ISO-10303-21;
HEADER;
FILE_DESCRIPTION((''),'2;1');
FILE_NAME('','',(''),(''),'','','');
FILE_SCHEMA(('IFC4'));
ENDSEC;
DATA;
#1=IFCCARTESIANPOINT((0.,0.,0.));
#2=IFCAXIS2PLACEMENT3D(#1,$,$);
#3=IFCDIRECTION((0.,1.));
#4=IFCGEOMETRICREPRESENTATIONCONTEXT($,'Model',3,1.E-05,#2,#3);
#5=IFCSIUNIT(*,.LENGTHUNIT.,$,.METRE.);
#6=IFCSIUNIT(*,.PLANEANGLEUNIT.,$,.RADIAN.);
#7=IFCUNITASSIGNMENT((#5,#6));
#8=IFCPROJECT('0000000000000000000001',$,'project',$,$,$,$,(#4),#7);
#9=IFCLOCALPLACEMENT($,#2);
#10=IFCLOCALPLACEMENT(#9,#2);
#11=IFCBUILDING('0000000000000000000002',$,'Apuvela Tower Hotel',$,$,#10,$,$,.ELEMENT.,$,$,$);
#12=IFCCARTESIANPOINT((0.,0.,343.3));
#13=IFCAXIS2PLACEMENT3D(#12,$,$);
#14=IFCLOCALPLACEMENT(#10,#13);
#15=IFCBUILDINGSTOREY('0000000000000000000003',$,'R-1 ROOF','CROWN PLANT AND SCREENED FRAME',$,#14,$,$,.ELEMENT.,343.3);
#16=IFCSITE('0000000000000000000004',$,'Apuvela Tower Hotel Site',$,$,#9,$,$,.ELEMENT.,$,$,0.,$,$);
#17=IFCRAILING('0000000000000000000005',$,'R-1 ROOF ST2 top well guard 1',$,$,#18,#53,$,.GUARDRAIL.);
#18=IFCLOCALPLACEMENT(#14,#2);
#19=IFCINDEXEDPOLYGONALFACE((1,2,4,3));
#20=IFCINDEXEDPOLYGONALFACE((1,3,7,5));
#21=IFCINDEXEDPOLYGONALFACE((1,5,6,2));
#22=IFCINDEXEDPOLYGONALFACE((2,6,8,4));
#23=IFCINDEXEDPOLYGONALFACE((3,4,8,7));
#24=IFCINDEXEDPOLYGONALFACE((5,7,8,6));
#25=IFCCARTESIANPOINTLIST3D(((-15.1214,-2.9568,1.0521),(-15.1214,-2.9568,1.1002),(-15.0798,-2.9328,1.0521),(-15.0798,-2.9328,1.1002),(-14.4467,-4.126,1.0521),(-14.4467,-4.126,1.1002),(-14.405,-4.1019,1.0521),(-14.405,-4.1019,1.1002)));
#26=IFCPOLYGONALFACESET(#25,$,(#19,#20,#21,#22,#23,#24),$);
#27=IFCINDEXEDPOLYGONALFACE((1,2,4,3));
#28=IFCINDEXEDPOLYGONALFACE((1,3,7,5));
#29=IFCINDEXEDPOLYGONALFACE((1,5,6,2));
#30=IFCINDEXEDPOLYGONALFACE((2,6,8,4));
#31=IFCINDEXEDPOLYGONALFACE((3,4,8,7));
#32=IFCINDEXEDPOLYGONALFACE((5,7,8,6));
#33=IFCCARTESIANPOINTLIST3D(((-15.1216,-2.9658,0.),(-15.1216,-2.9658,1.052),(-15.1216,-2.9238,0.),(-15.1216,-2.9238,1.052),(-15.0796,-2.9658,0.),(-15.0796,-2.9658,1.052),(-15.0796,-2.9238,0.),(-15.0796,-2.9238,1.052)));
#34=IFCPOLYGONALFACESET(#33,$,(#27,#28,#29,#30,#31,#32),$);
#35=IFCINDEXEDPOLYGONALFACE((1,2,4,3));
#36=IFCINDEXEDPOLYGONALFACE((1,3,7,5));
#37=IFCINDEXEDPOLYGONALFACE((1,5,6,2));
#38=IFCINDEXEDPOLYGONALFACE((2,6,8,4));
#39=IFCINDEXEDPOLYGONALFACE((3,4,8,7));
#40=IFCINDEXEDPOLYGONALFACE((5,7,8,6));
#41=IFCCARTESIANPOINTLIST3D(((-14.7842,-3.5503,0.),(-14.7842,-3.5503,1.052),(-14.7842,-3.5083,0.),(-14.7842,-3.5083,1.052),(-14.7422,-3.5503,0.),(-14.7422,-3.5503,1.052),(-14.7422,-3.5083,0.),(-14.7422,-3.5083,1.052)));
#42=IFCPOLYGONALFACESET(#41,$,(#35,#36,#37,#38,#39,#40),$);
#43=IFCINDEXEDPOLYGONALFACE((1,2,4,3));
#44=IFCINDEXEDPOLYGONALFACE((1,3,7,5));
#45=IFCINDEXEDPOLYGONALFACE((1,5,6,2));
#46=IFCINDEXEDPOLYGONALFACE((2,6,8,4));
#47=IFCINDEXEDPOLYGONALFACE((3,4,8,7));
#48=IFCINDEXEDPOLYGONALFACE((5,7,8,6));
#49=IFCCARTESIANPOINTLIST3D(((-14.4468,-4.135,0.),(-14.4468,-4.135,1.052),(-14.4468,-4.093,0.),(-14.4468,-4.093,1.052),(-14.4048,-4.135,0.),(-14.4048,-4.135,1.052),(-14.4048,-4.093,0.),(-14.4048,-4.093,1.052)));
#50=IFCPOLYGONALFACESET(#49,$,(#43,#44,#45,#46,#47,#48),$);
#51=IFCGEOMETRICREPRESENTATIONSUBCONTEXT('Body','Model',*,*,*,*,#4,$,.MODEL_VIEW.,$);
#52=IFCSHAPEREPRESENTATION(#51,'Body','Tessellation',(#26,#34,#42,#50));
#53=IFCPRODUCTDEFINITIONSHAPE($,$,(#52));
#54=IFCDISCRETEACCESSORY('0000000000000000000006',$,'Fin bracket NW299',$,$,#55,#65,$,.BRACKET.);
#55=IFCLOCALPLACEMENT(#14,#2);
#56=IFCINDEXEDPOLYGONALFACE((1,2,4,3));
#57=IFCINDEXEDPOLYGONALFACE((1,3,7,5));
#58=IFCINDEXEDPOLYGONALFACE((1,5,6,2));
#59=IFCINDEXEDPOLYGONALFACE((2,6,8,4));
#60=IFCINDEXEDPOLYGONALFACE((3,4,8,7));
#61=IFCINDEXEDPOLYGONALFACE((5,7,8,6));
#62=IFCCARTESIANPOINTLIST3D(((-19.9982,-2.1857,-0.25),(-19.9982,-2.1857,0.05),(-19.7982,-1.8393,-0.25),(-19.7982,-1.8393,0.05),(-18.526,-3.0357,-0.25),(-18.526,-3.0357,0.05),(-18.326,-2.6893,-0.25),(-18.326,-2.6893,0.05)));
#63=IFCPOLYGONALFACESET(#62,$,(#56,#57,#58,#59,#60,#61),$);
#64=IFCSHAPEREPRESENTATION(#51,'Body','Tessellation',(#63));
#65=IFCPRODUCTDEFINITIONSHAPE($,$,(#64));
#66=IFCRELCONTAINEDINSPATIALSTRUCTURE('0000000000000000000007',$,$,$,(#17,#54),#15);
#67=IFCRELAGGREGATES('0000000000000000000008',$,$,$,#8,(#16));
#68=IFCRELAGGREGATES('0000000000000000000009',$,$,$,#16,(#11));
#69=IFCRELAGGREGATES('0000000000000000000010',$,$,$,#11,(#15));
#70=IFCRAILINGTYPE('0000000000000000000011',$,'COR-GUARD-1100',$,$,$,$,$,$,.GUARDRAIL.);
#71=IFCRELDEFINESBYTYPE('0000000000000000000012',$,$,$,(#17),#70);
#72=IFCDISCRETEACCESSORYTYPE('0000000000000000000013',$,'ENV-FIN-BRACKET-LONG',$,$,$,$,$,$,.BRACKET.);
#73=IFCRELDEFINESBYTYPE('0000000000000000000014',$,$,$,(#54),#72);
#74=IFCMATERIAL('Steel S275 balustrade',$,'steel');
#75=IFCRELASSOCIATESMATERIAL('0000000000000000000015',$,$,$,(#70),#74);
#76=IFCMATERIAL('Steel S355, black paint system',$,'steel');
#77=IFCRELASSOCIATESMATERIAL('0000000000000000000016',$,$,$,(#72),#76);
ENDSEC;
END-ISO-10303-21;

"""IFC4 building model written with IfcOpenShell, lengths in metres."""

from ifc_helpers import new_model, si_unit, direction, frame, origin, origin_2d, place, context, subcontext, project, spatial, rectangle, extrude, material, type_object, element, save


model = new_model("IFC4")

# Units and contexts
model_context = context("Model", 3, precision=1e-05, world=origin(), true_north=direction((0.0, 1.0)))
body_context = subcontext(model_context, "Body", "Model", "MODEL_VIEW")
ifc_project = project(units=[si_unit("LENGTHUNIT", "METRE"), si_unit("PLANEANGLEUNIT", "RADIAN")], contexts=[model_context])

# Site, building, storey
site_placement = place(None, origin())
site = spatial("IfcSite", under=ifc_project, at=site_placement, Name="Apuvela Tower Hotel Site", CompositionType="ELEMENT", RefElevation=0.0)
building_placement = place(site_placement, origin())
building = spatial("IfcBuilding", under=site, at=building_placement, Name="Apuvela Tower Hotel", CompositionType="ELEMENT")
storey_placement = place(building_placement, frame((0.0, 0.0, 343.3)))
storey = spatial("IfcBuildingStorey", under=building, at=storey_placement, Name="R-1 ROOF", Description="CROWN PLANT AND SCREENED FRAME", CompositionType="ELEMENT", Elevation=343.3)

# Railing
ifc_material_1 = material(Name="Steel S275 balustrade", Category="steel")
railing_type = type_object("IfcRailingType", Name="COR-GUARD-1100", PredefinedType="GUARDRAIL", material=ifc_material_1)
railing_placement = place(storey_placement, frame((-15.1006, -2.9448, 0.0)))
element("IfcRailing", 1, at=railing_placement, inside=storey, type_object=railing_type, Name="R-1 ROOF ST2 top well guard 1", PredefinedType="GUARDRAIL", context=body_context, shape_type="SweptSolid", body=[
    extrude(rectangle(XDim=0.0481, YDim=0.0481, at=origin_2d()), frame((0.0, 0.0, 1.0762), z_axis=(0.499874, -0.866098, 0.0), x_axis=(0.866098, 0.499874, 0.0)), (0.0, 0.0, 1.0), 1.3499),
    extrude(rectangle(XDim=0.042, YDim=0.042, at=origin_2d()), origin(), (0.0, 0.0, 1.0), 1.052),
    extrude(rectangle(XDim=0.042, YDim=0.042, at=origin_2d()), frame((0.3374, -0.5845, 0.0)), (0.0, 0.0, 1.0), 1.052),
    extrude(rectangle(XDim=0.042, YDim=0.042, at=origin_2d()), frame((0.6748, -1.1692, 0.0)), (0.0, 0.0, 1.0), 1.052),
])

# Discrete accessory
ifc_material_2 = material(Name="Steel S355, black paint system", Category="steel")
discrete_accessory_type = type_object("IfcDiscreteAccessoryType", Name="ENV-FIN-BRACKET-LONG", PredefinedType="BRACKET", material=ifc_material_2)
discrete_accessory_placement = place(storey_placement, frame((-19.1621, -2.4375, -0.25), z_axis=(0.0, 0.0, 1.0), x_axis=(-0.5, -0.866025, 0.0)))
element("IfcDiscreteAccessory", 2, at=discrete_accessory_placement, inside=storey, type_object=discrete_accessory_type, Name="Fin bracket NW299", PredefinedType="BRACKET", context=body_context, shape_type="SweptSolid", body=[
    extrude(rectangle(XDim=0.3999, YDim=1.7, at=origin_2d()), origin(), (0.0, 0.0, 1.0), 0.3),
])

save(model, "model.ifc")
